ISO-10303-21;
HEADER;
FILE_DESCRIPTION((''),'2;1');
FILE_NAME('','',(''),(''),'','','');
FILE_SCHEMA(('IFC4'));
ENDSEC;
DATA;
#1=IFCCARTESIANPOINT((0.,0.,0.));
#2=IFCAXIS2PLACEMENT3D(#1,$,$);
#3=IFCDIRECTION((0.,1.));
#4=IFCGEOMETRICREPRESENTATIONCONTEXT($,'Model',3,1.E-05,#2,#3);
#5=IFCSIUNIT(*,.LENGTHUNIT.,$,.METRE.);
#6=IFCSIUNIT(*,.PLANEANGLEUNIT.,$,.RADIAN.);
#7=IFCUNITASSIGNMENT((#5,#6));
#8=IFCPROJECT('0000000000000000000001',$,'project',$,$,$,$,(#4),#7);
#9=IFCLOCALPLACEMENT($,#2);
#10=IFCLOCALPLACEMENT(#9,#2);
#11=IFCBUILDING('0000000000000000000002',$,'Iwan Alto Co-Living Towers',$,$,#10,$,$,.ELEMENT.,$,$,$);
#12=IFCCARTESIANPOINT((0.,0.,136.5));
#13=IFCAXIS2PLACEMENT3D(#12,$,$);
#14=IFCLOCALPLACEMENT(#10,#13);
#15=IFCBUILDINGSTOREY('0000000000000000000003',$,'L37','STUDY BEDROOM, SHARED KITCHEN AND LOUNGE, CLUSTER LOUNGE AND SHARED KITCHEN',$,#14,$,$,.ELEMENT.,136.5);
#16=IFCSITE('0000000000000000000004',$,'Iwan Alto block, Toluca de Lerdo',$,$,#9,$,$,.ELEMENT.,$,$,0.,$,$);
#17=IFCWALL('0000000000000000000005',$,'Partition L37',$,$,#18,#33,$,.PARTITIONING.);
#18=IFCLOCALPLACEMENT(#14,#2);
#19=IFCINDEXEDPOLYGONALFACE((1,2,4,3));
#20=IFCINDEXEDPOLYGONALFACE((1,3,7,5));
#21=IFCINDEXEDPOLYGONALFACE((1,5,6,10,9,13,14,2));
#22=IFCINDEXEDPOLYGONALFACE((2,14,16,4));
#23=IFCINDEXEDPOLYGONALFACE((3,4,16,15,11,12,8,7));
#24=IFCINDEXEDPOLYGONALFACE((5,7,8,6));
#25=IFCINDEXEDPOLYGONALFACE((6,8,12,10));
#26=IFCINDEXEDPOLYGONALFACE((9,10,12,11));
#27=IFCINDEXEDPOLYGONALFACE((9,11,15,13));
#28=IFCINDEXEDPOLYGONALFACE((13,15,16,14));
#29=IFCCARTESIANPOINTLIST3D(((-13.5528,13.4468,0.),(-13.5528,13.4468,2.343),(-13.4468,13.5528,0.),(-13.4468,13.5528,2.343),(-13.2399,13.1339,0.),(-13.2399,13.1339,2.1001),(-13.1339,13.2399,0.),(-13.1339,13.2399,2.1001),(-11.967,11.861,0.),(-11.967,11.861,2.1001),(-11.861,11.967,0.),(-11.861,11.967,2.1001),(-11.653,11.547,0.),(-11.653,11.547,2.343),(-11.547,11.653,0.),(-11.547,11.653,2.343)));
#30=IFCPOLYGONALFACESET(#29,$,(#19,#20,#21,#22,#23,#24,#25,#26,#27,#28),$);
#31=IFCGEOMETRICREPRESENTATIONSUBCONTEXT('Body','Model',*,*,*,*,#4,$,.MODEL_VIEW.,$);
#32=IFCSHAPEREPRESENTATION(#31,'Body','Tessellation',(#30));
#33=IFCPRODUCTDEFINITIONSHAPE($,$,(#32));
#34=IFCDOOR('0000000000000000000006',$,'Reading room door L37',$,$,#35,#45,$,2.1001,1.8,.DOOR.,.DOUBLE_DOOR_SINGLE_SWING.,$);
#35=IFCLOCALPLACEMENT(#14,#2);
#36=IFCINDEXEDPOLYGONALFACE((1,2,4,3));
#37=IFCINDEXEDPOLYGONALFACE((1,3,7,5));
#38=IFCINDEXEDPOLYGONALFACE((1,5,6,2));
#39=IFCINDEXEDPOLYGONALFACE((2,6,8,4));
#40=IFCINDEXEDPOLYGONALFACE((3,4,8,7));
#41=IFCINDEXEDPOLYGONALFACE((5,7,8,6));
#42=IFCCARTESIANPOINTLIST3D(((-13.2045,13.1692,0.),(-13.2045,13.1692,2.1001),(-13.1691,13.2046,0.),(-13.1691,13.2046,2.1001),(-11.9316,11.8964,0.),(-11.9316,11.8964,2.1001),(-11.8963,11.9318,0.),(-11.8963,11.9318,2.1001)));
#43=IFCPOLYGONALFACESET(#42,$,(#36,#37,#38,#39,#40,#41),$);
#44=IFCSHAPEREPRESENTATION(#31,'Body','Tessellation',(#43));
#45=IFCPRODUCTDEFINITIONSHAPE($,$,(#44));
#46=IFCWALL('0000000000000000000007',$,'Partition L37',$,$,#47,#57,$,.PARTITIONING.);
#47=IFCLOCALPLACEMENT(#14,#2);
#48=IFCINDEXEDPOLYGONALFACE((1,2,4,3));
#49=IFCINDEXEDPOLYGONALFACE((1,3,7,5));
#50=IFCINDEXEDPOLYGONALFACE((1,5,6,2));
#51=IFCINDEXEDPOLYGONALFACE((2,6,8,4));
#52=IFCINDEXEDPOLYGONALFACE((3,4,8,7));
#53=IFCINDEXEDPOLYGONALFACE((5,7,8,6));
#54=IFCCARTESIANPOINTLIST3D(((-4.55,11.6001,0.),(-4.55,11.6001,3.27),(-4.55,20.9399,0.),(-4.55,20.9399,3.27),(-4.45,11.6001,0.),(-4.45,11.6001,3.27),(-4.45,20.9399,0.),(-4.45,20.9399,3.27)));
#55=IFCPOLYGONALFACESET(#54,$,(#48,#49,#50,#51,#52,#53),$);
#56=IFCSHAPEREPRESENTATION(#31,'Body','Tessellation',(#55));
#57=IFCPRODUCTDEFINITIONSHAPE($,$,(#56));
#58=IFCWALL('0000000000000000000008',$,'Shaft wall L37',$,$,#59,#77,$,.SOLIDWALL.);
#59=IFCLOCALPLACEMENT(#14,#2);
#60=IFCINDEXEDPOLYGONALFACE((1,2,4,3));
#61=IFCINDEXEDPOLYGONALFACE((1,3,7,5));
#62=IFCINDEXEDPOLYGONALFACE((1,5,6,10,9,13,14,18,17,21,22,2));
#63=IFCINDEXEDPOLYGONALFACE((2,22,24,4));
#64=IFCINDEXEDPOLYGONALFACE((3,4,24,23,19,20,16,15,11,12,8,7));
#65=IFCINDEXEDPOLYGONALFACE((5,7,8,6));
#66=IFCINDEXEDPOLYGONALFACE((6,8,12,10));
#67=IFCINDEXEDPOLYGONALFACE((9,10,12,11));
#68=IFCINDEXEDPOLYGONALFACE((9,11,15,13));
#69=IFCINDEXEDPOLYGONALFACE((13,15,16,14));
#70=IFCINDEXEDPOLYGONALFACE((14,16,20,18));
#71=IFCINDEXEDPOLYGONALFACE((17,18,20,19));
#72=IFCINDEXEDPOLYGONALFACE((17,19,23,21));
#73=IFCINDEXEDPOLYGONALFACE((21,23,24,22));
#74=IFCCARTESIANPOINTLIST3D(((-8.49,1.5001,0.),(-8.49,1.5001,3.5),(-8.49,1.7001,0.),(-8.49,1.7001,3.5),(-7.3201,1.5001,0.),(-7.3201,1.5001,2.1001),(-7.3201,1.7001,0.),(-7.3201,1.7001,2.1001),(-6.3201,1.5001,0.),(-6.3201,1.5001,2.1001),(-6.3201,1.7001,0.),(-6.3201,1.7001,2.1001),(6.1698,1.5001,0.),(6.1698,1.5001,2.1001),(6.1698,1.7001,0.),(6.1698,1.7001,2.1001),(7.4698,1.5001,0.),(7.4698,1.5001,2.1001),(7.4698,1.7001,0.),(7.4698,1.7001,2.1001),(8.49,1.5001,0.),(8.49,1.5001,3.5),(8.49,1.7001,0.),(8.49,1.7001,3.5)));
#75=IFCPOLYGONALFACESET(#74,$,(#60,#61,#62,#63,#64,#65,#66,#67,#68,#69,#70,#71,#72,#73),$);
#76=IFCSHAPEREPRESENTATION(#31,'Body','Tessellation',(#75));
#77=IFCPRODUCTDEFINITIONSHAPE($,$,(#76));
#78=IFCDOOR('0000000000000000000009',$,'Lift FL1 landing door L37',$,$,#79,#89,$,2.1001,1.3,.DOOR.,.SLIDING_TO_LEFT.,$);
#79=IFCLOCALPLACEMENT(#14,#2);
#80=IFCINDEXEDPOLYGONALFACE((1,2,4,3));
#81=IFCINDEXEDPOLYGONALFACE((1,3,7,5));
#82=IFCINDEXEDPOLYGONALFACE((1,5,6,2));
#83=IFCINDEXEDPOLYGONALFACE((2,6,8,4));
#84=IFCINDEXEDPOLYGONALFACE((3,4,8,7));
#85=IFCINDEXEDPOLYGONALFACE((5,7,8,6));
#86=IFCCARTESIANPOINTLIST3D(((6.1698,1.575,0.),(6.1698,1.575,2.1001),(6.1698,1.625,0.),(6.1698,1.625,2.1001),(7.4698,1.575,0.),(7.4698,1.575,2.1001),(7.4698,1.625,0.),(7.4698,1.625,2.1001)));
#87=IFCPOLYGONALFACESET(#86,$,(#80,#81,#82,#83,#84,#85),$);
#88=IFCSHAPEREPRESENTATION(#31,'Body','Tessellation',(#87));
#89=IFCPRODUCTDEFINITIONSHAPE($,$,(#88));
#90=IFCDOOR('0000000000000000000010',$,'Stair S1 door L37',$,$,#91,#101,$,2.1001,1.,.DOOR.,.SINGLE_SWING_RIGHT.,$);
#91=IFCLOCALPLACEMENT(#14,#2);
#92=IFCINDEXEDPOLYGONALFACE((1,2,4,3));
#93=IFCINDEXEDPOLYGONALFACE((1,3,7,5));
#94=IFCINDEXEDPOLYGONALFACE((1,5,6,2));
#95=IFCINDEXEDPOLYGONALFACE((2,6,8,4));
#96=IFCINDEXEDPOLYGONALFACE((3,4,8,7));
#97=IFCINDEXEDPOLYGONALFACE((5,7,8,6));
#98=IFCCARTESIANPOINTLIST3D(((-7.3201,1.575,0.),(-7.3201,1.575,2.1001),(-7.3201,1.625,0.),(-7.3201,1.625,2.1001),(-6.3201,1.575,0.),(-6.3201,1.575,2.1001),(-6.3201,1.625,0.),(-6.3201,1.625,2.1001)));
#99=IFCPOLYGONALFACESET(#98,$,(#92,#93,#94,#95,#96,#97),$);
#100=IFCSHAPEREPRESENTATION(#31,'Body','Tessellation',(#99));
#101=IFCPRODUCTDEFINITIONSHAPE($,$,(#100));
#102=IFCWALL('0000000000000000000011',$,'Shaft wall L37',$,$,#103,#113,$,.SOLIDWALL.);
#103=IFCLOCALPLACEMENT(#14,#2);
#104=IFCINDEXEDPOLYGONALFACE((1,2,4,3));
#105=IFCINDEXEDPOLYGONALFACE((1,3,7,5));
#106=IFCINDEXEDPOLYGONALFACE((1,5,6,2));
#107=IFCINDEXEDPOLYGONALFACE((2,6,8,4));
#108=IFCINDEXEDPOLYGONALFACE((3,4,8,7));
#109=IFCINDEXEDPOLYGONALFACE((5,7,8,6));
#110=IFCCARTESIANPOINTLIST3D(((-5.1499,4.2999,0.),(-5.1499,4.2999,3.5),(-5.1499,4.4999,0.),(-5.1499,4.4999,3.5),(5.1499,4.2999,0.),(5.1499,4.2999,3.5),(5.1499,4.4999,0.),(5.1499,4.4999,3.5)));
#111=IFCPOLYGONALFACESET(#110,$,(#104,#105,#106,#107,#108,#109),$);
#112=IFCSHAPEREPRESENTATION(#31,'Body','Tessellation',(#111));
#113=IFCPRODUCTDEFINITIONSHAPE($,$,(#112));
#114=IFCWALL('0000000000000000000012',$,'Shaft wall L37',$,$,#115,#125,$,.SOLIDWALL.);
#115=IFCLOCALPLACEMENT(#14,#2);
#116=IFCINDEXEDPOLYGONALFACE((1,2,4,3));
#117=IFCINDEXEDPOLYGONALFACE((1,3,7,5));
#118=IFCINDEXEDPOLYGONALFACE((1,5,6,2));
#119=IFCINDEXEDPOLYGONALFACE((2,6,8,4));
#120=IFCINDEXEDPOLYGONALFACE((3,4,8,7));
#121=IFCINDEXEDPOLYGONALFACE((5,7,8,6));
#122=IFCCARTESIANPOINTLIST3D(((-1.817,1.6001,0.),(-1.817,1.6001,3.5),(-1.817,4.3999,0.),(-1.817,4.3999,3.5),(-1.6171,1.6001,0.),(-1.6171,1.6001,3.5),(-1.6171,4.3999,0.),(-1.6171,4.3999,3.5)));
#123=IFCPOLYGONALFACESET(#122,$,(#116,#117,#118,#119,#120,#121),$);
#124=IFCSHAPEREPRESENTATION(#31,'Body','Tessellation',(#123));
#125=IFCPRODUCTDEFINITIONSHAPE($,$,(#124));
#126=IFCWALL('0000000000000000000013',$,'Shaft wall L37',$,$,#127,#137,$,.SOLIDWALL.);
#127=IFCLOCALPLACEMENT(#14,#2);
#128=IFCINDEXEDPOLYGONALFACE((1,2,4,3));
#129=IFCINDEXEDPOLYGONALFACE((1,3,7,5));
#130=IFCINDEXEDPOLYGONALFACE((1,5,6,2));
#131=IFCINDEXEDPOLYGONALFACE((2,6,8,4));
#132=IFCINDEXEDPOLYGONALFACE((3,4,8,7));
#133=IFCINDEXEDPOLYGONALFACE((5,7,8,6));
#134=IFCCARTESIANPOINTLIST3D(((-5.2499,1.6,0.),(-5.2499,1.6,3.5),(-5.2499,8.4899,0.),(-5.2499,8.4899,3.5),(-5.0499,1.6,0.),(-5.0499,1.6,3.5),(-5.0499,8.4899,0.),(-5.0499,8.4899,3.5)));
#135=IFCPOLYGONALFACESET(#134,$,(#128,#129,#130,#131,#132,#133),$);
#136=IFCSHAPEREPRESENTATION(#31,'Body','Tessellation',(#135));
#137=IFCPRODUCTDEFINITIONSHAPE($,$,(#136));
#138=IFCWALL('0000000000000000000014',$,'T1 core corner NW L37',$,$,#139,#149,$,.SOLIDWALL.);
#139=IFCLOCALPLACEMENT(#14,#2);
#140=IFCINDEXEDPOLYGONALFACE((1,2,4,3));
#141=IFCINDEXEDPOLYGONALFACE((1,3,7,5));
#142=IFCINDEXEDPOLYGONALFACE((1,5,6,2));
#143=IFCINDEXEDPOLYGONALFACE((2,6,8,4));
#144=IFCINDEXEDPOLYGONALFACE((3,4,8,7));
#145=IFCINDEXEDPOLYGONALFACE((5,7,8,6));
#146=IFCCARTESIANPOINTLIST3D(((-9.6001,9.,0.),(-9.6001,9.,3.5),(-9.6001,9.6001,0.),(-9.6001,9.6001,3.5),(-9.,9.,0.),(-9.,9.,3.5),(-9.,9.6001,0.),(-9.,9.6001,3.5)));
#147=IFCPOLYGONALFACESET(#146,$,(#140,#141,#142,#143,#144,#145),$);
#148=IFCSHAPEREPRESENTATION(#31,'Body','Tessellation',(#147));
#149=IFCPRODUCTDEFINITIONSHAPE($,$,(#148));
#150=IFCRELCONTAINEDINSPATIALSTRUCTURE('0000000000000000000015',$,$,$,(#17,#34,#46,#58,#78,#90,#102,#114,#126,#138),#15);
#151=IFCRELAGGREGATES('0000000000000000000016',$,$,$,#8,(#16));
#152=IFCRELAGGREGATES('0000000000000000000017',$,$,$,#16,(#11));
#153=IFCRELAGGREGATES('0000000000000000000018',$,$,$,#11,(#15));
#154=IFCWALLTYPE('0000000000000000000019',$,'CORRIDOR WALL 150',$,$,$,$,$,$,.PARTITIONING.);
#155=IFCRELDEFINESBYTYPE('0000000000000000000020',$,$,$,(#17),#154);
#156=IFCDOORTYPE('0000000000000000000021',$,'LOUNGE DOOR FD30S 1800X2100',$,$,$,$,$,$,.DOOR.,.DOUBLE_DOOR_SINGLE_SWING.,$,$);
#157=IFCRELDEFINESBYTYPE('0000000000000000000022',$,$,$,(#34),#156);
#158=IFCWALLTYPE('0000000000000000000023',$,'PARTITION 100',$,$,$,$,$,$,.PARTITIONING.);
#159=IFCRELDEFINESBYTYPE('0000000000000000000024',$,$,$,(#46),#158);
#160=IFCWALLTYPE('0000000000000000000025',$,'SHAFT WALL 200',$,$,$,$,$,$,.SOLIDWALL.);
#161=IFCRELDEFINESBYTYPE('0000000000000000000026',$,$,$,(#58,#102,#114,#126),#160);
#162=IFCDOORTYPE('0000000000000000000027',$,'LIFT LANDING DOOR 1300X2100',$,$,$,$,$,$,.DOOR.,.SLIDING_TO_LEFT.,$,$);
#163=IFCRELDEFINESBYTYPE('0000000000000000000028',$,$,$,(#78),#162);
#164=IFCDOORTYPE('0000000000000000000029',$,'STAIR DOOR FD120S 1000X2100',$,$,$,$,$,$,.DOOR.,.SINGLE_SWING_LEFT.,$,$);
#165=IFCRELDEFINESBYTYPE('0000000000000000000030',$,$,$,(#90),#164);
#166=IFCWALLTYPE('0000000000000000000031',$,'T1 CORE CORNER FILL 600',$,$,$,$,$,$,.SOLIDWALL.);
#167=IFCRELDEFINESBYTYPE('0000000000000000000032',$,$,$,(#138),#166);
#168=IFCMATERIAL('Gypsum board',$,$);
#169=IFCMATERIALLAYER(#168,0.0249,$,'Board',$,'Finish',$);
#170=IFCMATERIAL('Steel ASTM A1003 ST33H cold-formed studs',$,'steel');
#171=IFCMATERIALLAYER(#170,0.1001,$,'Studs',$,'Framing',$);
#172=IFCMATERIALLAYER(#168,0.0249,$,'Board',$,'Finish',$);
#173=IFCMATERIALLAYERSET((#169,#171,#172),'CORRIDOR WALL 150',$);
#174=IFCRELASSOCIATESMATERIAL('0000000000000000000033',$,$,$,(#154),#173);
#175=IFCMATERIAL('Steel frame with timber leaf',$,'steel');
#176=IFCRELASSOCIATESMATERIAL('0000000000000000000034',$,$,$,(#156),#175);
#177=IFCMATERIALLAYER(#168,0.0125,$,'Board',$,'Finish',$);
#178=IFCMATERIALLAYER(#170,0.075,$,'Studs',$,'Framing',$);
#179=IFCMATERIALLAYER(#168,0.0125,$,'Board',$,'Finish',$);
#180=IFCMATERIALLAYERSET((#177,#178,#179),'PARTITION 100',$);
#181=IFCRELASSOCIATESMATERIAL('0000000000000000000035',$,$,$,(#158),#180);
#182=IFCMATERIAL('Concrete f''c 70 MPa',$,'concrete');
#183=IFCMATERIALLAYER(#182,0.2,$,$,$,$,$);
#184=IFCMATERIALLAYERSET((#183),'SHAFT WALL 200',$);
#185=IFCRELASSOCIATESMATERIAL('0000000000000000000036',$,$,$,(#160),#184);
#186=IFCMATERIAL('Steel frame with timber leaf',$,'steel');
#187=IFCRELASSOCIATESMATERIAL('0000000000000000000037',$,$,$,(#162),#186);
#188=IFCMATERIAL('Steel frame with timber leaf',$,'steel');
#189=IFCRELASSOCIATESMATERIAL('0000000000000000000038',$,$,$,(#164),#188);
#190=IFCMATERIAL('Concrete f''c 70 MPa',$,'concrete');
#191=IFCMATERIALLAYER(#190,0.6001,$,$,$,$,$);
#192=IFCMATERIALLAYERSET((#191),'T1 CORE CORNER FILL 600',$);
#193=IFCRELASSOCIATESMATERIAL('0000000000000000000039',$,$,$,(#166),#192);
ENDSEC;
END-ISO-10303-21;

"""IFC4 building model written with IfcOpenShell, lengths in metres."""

from ifc_helpers import new_model, si_unit, direction, frame, frame_2d, origin, place, context, subcontext, project, spatial, rectangle, extrude, material, layer, layer_set, type_object, element, fill, save


model = new_model("IFC4")

# Units and contexts
model_context = context("Model", 3, precision=1e-05, world=origin(), true_north=direction((0.0, 1.0)))
body_context = subcontext(model_context, "Body", "Model", "MODEL_VIEW")
ifc_project = project(units=[si_unit("LENGTHUNIT", "METRE"), si_unit("PLANEANGLEUNIT", "RADIAN")], contexts=[model_context])

# Site, building, storey
site_placement = place(None, origin())
site = spatial("IfcSite", under=ifc_project, at=site_placement, Name="Iwan Alto block, Toluca de Lerdo", CompositionType="ELEMENT", RefElevation=0.0)
building_placement = place(site_placement, origin())
building = spatial("IfcBuilding", under=site, at=building_placement, Name="Iwan Alto Co-Living Towers", CompositionType="ELEMENT")
storey_placement = place(building_placement, frame((0.0, 0.0, 136.5)))
storey = spatial("IfcBuildingStorey", under=building, at=storey_placement, Name="L37", Description="STUDY BEDROOM, SHARED KITCHEN AND LOUNGE, CLUSTER LOUNGE AND SHARED KITCHEN", CompositionType="ELEMENT", Elevation=136.5)

# Wall, opening, door
ifc_material_1 = material(Name="Gypsum board")
ifc_layer_1 = layer(ifc_material_1, 0.0249, Name="Board", Category="Finish")
ifc_material_2 = material(Name="Steel ASTM A1003 ST33H cold-formed studs", Category="steel")
ifc_layer_2 = layer(ifc_material_2, 0.1001, Name="Studs", Category="Framing")
ifc_layer_3 = layer(ifc_material_1, 0.0249, Name="Board", Category="Finish")
ifc_layer_set_1 = layer_set([ifc_layer_1, ifc_layer_2, ifc_layer_3], Name="CORRIDOR WALL 150")
wall_type_1 = type_object("IfcWallType", Name="CORRIDOR WALL 150", PredefinedType="PARTITIONING", material=ifc_layer_set_1)
ifc_material_3 = material(Name="Steel frame with timber leaf", Category="steel")
door_type_1 = type_object("IfcDoorType", Name="LOUNGE DOOR FD30S 1800X2100", OperationType="DOUBLE_DOOR_SINGLE_SWING", PredefinedType="DOOR", material=ifc_material_3)
wall_1_placement = place(storey_placement, frame((-11.6001, 11.6001, 0.0), z_axis=(0.0, 0.0, 1.0), x_axis=(-0.707107, 0.707107, 0.0)))
wall_1 = element("IfcWall", 1, at=wall_1_placement, inside=storey, type_object=wall_type_1, Name="Partition L37", PredefinedType="PARTITIONING", context=body_context, shape_type="SweptSolid", body=[
    extrude(rectangle(XDim=2.6868, YDim=0.1499, at=frame_2d((1.3433, 0.0))), origin(), (0.0, 0.0, 1.0), 2.343),
])
opening_1_placement = place(wall_1_placement, frame((0.4441, 0.0, 0.0)))
opening_1 = element("IfcOpeningElement", 2, at=opening_1_placement, cuts=wall_1, PredefinedType="OPENING", context=body_context, shape_type="SweptSolid", body=[
    extrude(rectangle(XDim=1.8, YDim=2.1001, at=frame_2d((0.8999, 1.05))), frame((0.0, 0.085, 0.0), z_axis=(0.0, -1.0, 0.0), x_axis=(1.0, 0.0, 0.0)), (0.0, 0.0, 1.0), 0.1699),
])
door_1_placement = place(opening_1_placement, origin())
door_1 = element("IfcDoor", 3, at=door_1_placement, inside=storey, type_object=door_type_1, Name="Reading room door L37", OperationType="DOUBLE_DOOR_SINGLE_SWING", OverallHeight=2.1001, OverallWidth=1.8, PredefinedType="DOOR", context=body_context, shape_type="SweptSolid", body=[
    extrude(rectangle(XDim=1.8, YDim=2.1001, at=frame_2d((0.8999, 1.05))), frame((0.0, 0.0249, 0.0), z_axis=(0.0, -1.0, 0.0), x_axis=(1.0, 0.0, 0.0)), (0.0, 0.0, 1.0), 0.05),
])
fill(opening_1, door_1)

# Wall
ifc_layer_4 = layer(ifc_material_1, 0.0125, Name="Board", Category="Finish")
ifc_layer_5 = layer(ifc_material_2, 0.075, Name="Studs", Category="Framing")
ifc_layer_6 = layer(ifc_material_1, 0.0125, Name="Board", Category="Finish")
ifc_layer_set_2 = layer_set([ifc_layer_4, ifc_layer_5, ifc_layer_6], Name="PARTITION 100")
wall_type_2 = type_object("IfcWallType", Name="PARTITION 100", PredefinedType="PARTITIONING", material=ifc_layer_set_2)
wall_2_placement = place(storey_placement, frame((-4.5, 11.6001, 0.0), z_axis=(0.0, 0.0, 1.0), x_axis=(0.0, 1.0, 0.0)))
element("IfcWall", 4, at=wall_2_placement, inside=storey, type_object=wall_type_2, Name="Partition L37", PredefinedType="PARTITIONING", context=body_context, shape_type="SweptSolid", body=[
    extrude(rectangle(XDim=9.3398, YDim=0.1001, at=frame_2d((4.6699, 0.0))), origin(), (0.0, 0.0, 1.0), 3.27),
])

# Wall, openings, doors
ifc_material_4 = material(Name="Concrete f'c 70 MPa", Category="concrete")
ifc_layer_7 = layer(ifc_material_4, 0.2)
ifc_layer_set_3 = layer_set([ifc_layer_7], Name="SHAFT WALL 200")
wall_type_3 = type_object("IfcWallType", Name="SHAFT WALL 200", PredefinedType="SOLIDWALL", material=ifc_layer_set_3)
wall_3_placement = place(storey_placement, frame((-8.49, 1.6001, 0.0), z_axis=(0.0, 0.0, 1.0), x_axis=(1.0, 0.0, 0.0)))
wall_3 = element("IfcWall", 5, at=wall_3_placement, inside=storey, type_object=wall_type_3, Name="Shaft wall L37", PredefinedType="SOLIDWALL", context=body_context, shape_type="SweptSolid", body=[
    extrude(rectangle(XDim=16.98, YDim=0.2, at=frame_2d((8.49, 0.0))), origin(), (0.0, 0.0, 1.0), 3.5),
])
opening_2_placement = place(wall_3_placement, frame((1.1699, 0.0, 0.0)))
opening_2 = element("IfcOpeningElement", 6, at=opening_2_placement, cuts=wall_3, PredefinedType="OPENING", context=body_context, shape_type="SweptSolid", body=[
    extrude(rectangle(XDim=1.0, YDim=2.1001, at=frame_2d((0.5, 1.05))), frame((0.0, 0.1099, 0.0), z_axis=(0.0, -1.0, 0.0), x_axis=(1.0, 0.0, 0.0)), (0.0, 0.0, 1.0), 0.22),
])
opening_3_placement = place(wall_3_placement, frame((14.6599, 0.0, 0.0)))
opening_3 = element("IfcOpeningElement", 7, at=opening_3_placement, cuts=wall_3, PredefinedType="OPENING", context=body_context, shape_type="SweptSolid", body=[
    extrude(rectangle(XDim=1.3, YDim=2.1001, at=frame_2d((0.6499, 1.05))), frame((0.0, 0.1099, 0.0), z_axis=(0.0, -1.0, 0.0), x_axis=(1.0, 0.0, 0.0)), (0.0, 0.0, 1.0), 0.22),
])
ifc_material_5 = material(Name="Steel frame with timber leaf", Category="steel")
door_type_2 = type_object("IfcDoorType", Name="LIFT LANDING DOOR 1300X2100", OperationType="SLIDING_TO_LEFT", PredefinedType="DOOR", material=ifc_material_5)
door_2_placement = place(opening_3_placement, origin())
door_2 = element("IfcDoor", 8, at=door_2_placement, inside=storey, type_object=door_type_2, Name="Lift FL1 landing door L37", OperationType="SLIDING_TO_LEFT", OverallHeight=2.1001, OverallWidth=1.3, PredefinedType="DOOR", context=body_context, shape_type="SweptSolid", body=[
    extrude(rectangle(XDim=1.3, YDim=2.1001, at=frame_2d((0.6499, 1.05))), frame((0.0, 0.0249, 0.0), z_axis=(0.0, -1.0, 0.0), x_axis=(1.0, 0.0, 0.0)), (0.0, 0.0, 1.0), 0.05),
])
fill(opening_3, door_2)
ifc_material_6 = material(Name="Steel frame with timber leaf", Category="steel")
door_type_3 = type_object("IfcDoorType", Name="STAIR DOOR FD120S 1000X2100", OperationType="SINGLE_SWING_LEFT", PredefinedType="DOOR", material=ifc_material_6)
door_3_placement = place(opening_2_placement, origin())
door_3 = element("IfcDoor", 9, at=door_3_placement, inside=storey, type_object=door_type_3, Name="Stair S1 door L37", OperationType="SINGLE_SWING_RIGHT", OverallHeight=2.1001, OverallWidth=1.0, PredefinedType="DOOR", context=body_context, shape_type="SweptSolid", body=[
    extrude(rectangle(XDim=1.0, YDim=2.1001, at=frame_2d((0.5, 1.05))), frame((0.0, 0.0249, 0.0), z_axis=(0.0, -1.0, 0.0), x_axis=(1.0, 0.0, 0.0)), (0.0, 0.0, 1.0), 0.05),
])
fill(opening_2, door_3)

# Walls
wall_4_placement = place(storey_placement, frame((-5.1499, 4.3999, 0.0), z_axis=(0.0, 0.0, 1.0), x_axis=(1.0, 0.0, 0.0)))
element("IfcWall", 10, at=wall_4_placement, inside=storey, type_object=wall_type_3, Name="Shaft wall L37", PredefinedType="SOLIDWALL", context=body_context, shape_type="SweptSolid", body=[
    extrude(rectangle(XDim=10.2998, YDim=0.2, at=frame_2d((5.1499, 0.0))), origin(), (0.0, 0.0, 1.0), 3.5),
])
wall_5_placement = place(storey_placement, frame((-1.717, 1.6001, 0.0), z_axis=(0.0, 0.0, 1.0), x_axis=(0.0, 1.0, 0.0)))
element("IfcWall", 11, at=wall_5_placement, inside=storey, type_object=wall_type_3, Name="Shaft wall L37", PredefinedType="SOLIDWALL", context=body_context, shape_type="SweptSolid", body=[
    extrude(rectangle(XDim=2.7998, YDim=0.2, at=frame_2d((1.3999, 0.0))), origin(), (0.0, 0.0, 1.0), 3.5),
])
wall_6_placement = place(storey_placement, frame((-5.1499, 1.6001, 0.0), z_axis=(0.0, 0.0, 1.0), x_axis=(0.0, 1.0, 0.0)))
element("IfcWall", 12, at=wall_6_placement, inside=storey, type_object=wall_type_3, Name="Shaft wall L37", PredefinedType="SOLIDWALL", context=body_context, shape_type="SweptSolid", body=[
    extrude(rectangle(XDim=6.8899, YDim=0.2, at=frame_2d((3.4448, 0.0))), origin(), (0.0, 0.0, 1.0), 3.5),
])
ifc_material_7 = material(Name="Concrete f'c 70 MPa", Category="concrete")
ifc_layer_8 = layer(ifc_material_7, 0.6001)
ifc_layer_set_4 = layer_set([ifc_layer_8], Name="T1 CORE CORNER FILL 600")
wall_type_4 = type_object("IfcWallType", Name="T1 CORE CORNER FILL 600", PredefinedType="SOLIDWALL", material=ifc_layer_set_4)
wall_7_placement = place(storey_placement, frame((-9.6001, 9.3, 0.0), z_axis=(0.0, 0.0, 1.0), x_axis=(1.0, 0.0, 0.0)))
element("IfcWall", 13, at=wall_7_placement, inside=storey, type_object=wall_type_4, Name="T1 core corner NW L37", PredefinedType="SOLIDWALL", context=body_context, shape_type="SweptSolid", body=[
    extrude(rectangle(XDim=0.6001, YDim=0.6001, at=frame_2d((0.3, 0.0))), origin(), (0.0, 0.0, 1.0), 3.5),
])

save(model, "model.ifc")
